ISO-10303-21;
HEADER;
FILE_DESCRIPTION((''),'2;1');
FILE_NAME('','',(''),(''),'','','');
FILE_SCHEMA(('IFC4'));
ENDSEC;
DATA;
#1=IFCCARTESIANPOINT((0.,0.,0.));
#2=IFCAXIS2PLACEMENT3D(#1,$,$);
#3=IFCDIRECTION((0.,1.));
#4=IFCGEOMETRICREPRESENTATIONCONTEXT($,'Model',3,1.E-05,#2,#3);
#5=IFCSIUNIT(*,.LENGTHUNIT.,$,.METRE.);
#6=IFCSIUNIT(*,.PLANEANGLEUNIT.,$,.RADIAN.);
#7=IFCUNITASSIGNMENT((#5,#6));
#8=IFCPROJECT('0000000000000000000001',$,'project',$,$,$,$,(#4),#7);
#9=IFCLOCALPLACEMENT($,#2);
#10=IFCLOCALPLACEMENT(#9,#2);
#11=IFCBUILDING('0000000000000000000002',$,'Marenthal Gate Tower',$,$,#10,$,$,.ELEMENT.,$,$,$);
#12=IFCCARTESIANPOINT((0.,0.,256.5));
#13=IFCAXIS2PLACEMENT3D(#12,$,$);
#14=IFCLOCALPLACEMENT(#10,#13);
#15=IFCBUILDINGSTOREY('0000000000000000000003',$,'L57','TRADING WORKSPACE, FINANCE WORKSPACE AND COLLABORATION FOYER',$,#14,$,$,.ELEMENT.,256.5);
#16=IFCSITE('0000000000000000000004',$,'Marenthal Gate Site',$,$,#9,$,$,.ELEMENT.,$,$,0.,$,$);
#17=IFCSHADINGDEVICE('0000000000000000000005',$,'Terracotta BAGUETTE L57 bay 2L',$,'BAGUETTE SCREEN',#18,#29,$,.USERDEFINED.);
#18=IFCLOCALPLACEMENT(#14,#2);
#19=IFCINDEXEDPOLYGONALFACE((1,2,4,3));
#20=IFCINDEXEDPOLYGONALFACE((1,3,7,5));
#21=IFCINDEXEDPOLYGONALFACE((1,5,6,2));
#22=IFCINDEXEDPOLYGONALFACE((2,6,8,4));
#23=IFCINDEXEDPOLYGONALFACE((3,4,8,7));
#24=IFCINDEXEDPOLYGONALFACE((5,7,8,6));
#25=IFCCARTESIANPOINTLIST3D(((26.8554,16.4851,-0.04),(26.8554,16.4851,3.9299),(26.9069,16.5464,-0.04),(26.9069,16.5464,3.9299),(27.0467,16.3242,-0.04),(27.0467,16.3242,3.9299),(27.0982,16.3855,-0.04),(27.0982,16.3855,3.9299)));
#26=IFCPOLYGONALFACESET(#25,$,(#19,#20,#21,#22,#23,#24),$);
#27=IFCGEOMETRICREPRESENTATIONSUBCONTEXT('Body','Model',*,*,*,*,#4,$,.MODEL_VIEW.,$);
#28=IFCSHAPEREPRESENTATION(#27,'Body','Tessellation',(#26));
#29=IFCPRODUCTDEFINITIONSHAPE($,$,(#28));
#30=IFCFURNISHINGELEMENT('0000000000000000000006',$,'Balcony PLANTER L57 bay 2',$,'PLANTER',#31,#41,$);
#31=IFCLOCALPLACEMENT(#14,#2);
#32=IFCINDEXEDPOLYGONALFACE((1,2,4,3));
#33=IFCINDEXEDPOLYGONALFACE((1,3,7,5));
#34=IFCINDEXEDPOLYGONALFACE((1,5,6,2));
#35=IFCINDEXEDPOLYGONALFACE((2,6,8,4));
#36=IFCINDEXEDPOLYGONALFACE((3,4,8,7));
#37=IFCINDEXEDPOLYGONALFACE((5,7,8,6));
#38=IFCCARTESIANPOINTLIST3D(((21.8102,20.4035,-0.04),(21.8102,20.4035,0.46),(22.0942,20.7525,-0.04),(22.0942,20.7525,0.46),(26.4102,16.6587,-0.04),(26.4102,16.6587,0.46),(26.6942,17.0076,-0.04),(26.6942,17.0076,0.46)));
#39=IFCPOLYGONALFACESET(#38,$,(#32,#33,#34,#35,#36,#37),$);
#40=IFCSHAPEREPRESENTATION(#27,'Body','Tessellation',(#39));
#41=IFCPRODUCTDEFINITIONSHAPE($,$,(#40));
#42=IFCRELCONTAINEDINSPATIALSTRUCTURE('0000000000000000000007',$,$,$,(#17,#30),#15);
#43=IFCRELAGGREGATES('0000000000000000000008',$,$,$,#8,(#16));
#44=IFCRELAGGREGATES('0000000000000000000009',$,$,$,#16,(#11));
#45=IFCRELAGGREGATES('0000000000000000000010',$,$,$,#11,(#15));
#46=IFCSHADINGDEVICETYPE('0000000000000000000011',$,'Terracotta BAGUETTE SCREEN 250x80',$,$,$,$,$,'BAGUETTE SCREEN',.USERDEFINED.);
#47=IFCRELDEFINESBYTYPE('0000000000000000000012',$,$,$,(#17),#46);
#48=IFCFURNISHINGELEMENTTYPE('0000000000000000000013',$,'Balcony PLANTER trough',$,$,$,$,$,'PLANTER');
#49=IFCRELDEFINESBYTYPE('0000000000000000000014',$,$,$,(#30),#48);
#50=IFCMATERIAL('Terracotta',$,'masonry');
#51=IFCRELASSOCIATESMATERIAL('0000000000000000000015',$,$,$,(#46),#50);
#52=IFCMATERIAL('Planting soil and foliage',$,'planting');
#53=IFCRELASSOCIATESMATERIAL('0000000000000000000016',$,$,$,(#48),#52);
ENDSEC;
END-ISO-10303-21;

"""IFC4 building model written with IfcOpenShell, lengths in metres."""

from ifc_helpers import new_model, si_unit, direction, frame, origin, origin_2d, place, context, subcontext, project, spatial, rectangle, extrude, material, material_profile, profile_set, type_object, element, save


model = new_model("IFC4")

# Units and contexts
model_context = context("Model", 3, precision=1e-05, world=origin(), true_north=direction((0.0, 1.0)))
body_context = subcontext(model_context, "Body", "Model", "MODEL_VIEW")
ifc_project = project(units=[si_unit("LENGTHUNIT", "METRE"), si_unit("PLANEANGLEUNIT", "RADIAN")], contexts=[model_context])

# Site, building, storey
site_placement = place(None, origin())
site = spatial("IfcSite", under=ifc_project, at=site_placement, Name="Marenthal Gate Site", CompositionType="ELEMENT", RefElevation=0.0)
building_placement = place(site_placement, origin())
building = spatial("IfcBuilding", under=site, at=building_placement, Name="Marenthal Gate Tower", CompositionType="ELEMENT")
storey_placement = place(building_placement, frame((0.0, 0.0, 256.5)))
storey = spatial("IfcBuildingStorey", under=building, at=storey_placement, Name="L57", Description="TRADING WORKSPACE, FINANCE WORKSPACE AND COLLABORATION FOYER", CompositionType="ELEMENT", Elevation=256.5)

# Shading device
ifc_material_1 = material(Name="Terracotta", Category="masonry")
ifc_material_profile_1 = material_profile(ifc_material_1, rectangle(XDim=0.25, YDim=0.0801, at=origin_2d()), Name="Terracotta baguette 250x80")
ifc_profile_set_1 = profile_set([ifc_material_profile_1], Name="Terracotta")
shading_device_type = type_object("IfcShadingDeviceType", Name="Terracotta BAGUETTE SCREEN 250x80", ElementType="BAGUETTE SCREEN", PredefinedType="USERDEFINED", material=ifc_profile_set_1)
shading_device_placement = place(storey_placement, frame((26.9768, 16.4353, -0.04), z_axis=(0.0, 0.0, 1.0), x_axis=(-0.765398, 0.643557, 0.0)))
element("IfcShadingDevice", 1, at=shading_device_placement, inside=storey, type_object=shading_device_type, Name="Terracotta BAGUETTE L57 bay 2L", ObjectType="BAGUETTE SCREEN", PredefinedType="USERDEFINED", context=body_context, shape_type="SweptSolid", body=[
    extrude(rectangle(XDim=0.25, YDim=0.0801, at=origin_2d()), origin(), (0.0, 0.0, 1.0), 3.97),
])

# Furnishing element
ifc_material_2 = material(Name="Planting soil and foliage", Category="planting")
furnishing_element_type = type_object("IfcFurnishingElementType", Name="Balcony PLANTER trough", ElementType="PLANTER", material=ifc_material_2)
furnishing_placement = place(storey_placement, frame((24.2522, 18.7056, -0.04), z_axis=(0.0, 0.0, 1.0), x_axis=(-0.775505, 0.631342, 0.0)))
element("IfcFurnishingElement", 2, at=furnishing_placement, inside=storey, type_object=furnishing_element_type, Name="Balcony PLANTER L57 bay 2", ObjectType="PLANTER", context=body_context, shape_type="SweptSolid", body=[
    extrude(rectangle(XDim=5.9316, YDim=0.45, at=origin_2d()), origin(), (0.0, 0.0, 1.0), 0.5),
])

save(model, "model.ifc")
